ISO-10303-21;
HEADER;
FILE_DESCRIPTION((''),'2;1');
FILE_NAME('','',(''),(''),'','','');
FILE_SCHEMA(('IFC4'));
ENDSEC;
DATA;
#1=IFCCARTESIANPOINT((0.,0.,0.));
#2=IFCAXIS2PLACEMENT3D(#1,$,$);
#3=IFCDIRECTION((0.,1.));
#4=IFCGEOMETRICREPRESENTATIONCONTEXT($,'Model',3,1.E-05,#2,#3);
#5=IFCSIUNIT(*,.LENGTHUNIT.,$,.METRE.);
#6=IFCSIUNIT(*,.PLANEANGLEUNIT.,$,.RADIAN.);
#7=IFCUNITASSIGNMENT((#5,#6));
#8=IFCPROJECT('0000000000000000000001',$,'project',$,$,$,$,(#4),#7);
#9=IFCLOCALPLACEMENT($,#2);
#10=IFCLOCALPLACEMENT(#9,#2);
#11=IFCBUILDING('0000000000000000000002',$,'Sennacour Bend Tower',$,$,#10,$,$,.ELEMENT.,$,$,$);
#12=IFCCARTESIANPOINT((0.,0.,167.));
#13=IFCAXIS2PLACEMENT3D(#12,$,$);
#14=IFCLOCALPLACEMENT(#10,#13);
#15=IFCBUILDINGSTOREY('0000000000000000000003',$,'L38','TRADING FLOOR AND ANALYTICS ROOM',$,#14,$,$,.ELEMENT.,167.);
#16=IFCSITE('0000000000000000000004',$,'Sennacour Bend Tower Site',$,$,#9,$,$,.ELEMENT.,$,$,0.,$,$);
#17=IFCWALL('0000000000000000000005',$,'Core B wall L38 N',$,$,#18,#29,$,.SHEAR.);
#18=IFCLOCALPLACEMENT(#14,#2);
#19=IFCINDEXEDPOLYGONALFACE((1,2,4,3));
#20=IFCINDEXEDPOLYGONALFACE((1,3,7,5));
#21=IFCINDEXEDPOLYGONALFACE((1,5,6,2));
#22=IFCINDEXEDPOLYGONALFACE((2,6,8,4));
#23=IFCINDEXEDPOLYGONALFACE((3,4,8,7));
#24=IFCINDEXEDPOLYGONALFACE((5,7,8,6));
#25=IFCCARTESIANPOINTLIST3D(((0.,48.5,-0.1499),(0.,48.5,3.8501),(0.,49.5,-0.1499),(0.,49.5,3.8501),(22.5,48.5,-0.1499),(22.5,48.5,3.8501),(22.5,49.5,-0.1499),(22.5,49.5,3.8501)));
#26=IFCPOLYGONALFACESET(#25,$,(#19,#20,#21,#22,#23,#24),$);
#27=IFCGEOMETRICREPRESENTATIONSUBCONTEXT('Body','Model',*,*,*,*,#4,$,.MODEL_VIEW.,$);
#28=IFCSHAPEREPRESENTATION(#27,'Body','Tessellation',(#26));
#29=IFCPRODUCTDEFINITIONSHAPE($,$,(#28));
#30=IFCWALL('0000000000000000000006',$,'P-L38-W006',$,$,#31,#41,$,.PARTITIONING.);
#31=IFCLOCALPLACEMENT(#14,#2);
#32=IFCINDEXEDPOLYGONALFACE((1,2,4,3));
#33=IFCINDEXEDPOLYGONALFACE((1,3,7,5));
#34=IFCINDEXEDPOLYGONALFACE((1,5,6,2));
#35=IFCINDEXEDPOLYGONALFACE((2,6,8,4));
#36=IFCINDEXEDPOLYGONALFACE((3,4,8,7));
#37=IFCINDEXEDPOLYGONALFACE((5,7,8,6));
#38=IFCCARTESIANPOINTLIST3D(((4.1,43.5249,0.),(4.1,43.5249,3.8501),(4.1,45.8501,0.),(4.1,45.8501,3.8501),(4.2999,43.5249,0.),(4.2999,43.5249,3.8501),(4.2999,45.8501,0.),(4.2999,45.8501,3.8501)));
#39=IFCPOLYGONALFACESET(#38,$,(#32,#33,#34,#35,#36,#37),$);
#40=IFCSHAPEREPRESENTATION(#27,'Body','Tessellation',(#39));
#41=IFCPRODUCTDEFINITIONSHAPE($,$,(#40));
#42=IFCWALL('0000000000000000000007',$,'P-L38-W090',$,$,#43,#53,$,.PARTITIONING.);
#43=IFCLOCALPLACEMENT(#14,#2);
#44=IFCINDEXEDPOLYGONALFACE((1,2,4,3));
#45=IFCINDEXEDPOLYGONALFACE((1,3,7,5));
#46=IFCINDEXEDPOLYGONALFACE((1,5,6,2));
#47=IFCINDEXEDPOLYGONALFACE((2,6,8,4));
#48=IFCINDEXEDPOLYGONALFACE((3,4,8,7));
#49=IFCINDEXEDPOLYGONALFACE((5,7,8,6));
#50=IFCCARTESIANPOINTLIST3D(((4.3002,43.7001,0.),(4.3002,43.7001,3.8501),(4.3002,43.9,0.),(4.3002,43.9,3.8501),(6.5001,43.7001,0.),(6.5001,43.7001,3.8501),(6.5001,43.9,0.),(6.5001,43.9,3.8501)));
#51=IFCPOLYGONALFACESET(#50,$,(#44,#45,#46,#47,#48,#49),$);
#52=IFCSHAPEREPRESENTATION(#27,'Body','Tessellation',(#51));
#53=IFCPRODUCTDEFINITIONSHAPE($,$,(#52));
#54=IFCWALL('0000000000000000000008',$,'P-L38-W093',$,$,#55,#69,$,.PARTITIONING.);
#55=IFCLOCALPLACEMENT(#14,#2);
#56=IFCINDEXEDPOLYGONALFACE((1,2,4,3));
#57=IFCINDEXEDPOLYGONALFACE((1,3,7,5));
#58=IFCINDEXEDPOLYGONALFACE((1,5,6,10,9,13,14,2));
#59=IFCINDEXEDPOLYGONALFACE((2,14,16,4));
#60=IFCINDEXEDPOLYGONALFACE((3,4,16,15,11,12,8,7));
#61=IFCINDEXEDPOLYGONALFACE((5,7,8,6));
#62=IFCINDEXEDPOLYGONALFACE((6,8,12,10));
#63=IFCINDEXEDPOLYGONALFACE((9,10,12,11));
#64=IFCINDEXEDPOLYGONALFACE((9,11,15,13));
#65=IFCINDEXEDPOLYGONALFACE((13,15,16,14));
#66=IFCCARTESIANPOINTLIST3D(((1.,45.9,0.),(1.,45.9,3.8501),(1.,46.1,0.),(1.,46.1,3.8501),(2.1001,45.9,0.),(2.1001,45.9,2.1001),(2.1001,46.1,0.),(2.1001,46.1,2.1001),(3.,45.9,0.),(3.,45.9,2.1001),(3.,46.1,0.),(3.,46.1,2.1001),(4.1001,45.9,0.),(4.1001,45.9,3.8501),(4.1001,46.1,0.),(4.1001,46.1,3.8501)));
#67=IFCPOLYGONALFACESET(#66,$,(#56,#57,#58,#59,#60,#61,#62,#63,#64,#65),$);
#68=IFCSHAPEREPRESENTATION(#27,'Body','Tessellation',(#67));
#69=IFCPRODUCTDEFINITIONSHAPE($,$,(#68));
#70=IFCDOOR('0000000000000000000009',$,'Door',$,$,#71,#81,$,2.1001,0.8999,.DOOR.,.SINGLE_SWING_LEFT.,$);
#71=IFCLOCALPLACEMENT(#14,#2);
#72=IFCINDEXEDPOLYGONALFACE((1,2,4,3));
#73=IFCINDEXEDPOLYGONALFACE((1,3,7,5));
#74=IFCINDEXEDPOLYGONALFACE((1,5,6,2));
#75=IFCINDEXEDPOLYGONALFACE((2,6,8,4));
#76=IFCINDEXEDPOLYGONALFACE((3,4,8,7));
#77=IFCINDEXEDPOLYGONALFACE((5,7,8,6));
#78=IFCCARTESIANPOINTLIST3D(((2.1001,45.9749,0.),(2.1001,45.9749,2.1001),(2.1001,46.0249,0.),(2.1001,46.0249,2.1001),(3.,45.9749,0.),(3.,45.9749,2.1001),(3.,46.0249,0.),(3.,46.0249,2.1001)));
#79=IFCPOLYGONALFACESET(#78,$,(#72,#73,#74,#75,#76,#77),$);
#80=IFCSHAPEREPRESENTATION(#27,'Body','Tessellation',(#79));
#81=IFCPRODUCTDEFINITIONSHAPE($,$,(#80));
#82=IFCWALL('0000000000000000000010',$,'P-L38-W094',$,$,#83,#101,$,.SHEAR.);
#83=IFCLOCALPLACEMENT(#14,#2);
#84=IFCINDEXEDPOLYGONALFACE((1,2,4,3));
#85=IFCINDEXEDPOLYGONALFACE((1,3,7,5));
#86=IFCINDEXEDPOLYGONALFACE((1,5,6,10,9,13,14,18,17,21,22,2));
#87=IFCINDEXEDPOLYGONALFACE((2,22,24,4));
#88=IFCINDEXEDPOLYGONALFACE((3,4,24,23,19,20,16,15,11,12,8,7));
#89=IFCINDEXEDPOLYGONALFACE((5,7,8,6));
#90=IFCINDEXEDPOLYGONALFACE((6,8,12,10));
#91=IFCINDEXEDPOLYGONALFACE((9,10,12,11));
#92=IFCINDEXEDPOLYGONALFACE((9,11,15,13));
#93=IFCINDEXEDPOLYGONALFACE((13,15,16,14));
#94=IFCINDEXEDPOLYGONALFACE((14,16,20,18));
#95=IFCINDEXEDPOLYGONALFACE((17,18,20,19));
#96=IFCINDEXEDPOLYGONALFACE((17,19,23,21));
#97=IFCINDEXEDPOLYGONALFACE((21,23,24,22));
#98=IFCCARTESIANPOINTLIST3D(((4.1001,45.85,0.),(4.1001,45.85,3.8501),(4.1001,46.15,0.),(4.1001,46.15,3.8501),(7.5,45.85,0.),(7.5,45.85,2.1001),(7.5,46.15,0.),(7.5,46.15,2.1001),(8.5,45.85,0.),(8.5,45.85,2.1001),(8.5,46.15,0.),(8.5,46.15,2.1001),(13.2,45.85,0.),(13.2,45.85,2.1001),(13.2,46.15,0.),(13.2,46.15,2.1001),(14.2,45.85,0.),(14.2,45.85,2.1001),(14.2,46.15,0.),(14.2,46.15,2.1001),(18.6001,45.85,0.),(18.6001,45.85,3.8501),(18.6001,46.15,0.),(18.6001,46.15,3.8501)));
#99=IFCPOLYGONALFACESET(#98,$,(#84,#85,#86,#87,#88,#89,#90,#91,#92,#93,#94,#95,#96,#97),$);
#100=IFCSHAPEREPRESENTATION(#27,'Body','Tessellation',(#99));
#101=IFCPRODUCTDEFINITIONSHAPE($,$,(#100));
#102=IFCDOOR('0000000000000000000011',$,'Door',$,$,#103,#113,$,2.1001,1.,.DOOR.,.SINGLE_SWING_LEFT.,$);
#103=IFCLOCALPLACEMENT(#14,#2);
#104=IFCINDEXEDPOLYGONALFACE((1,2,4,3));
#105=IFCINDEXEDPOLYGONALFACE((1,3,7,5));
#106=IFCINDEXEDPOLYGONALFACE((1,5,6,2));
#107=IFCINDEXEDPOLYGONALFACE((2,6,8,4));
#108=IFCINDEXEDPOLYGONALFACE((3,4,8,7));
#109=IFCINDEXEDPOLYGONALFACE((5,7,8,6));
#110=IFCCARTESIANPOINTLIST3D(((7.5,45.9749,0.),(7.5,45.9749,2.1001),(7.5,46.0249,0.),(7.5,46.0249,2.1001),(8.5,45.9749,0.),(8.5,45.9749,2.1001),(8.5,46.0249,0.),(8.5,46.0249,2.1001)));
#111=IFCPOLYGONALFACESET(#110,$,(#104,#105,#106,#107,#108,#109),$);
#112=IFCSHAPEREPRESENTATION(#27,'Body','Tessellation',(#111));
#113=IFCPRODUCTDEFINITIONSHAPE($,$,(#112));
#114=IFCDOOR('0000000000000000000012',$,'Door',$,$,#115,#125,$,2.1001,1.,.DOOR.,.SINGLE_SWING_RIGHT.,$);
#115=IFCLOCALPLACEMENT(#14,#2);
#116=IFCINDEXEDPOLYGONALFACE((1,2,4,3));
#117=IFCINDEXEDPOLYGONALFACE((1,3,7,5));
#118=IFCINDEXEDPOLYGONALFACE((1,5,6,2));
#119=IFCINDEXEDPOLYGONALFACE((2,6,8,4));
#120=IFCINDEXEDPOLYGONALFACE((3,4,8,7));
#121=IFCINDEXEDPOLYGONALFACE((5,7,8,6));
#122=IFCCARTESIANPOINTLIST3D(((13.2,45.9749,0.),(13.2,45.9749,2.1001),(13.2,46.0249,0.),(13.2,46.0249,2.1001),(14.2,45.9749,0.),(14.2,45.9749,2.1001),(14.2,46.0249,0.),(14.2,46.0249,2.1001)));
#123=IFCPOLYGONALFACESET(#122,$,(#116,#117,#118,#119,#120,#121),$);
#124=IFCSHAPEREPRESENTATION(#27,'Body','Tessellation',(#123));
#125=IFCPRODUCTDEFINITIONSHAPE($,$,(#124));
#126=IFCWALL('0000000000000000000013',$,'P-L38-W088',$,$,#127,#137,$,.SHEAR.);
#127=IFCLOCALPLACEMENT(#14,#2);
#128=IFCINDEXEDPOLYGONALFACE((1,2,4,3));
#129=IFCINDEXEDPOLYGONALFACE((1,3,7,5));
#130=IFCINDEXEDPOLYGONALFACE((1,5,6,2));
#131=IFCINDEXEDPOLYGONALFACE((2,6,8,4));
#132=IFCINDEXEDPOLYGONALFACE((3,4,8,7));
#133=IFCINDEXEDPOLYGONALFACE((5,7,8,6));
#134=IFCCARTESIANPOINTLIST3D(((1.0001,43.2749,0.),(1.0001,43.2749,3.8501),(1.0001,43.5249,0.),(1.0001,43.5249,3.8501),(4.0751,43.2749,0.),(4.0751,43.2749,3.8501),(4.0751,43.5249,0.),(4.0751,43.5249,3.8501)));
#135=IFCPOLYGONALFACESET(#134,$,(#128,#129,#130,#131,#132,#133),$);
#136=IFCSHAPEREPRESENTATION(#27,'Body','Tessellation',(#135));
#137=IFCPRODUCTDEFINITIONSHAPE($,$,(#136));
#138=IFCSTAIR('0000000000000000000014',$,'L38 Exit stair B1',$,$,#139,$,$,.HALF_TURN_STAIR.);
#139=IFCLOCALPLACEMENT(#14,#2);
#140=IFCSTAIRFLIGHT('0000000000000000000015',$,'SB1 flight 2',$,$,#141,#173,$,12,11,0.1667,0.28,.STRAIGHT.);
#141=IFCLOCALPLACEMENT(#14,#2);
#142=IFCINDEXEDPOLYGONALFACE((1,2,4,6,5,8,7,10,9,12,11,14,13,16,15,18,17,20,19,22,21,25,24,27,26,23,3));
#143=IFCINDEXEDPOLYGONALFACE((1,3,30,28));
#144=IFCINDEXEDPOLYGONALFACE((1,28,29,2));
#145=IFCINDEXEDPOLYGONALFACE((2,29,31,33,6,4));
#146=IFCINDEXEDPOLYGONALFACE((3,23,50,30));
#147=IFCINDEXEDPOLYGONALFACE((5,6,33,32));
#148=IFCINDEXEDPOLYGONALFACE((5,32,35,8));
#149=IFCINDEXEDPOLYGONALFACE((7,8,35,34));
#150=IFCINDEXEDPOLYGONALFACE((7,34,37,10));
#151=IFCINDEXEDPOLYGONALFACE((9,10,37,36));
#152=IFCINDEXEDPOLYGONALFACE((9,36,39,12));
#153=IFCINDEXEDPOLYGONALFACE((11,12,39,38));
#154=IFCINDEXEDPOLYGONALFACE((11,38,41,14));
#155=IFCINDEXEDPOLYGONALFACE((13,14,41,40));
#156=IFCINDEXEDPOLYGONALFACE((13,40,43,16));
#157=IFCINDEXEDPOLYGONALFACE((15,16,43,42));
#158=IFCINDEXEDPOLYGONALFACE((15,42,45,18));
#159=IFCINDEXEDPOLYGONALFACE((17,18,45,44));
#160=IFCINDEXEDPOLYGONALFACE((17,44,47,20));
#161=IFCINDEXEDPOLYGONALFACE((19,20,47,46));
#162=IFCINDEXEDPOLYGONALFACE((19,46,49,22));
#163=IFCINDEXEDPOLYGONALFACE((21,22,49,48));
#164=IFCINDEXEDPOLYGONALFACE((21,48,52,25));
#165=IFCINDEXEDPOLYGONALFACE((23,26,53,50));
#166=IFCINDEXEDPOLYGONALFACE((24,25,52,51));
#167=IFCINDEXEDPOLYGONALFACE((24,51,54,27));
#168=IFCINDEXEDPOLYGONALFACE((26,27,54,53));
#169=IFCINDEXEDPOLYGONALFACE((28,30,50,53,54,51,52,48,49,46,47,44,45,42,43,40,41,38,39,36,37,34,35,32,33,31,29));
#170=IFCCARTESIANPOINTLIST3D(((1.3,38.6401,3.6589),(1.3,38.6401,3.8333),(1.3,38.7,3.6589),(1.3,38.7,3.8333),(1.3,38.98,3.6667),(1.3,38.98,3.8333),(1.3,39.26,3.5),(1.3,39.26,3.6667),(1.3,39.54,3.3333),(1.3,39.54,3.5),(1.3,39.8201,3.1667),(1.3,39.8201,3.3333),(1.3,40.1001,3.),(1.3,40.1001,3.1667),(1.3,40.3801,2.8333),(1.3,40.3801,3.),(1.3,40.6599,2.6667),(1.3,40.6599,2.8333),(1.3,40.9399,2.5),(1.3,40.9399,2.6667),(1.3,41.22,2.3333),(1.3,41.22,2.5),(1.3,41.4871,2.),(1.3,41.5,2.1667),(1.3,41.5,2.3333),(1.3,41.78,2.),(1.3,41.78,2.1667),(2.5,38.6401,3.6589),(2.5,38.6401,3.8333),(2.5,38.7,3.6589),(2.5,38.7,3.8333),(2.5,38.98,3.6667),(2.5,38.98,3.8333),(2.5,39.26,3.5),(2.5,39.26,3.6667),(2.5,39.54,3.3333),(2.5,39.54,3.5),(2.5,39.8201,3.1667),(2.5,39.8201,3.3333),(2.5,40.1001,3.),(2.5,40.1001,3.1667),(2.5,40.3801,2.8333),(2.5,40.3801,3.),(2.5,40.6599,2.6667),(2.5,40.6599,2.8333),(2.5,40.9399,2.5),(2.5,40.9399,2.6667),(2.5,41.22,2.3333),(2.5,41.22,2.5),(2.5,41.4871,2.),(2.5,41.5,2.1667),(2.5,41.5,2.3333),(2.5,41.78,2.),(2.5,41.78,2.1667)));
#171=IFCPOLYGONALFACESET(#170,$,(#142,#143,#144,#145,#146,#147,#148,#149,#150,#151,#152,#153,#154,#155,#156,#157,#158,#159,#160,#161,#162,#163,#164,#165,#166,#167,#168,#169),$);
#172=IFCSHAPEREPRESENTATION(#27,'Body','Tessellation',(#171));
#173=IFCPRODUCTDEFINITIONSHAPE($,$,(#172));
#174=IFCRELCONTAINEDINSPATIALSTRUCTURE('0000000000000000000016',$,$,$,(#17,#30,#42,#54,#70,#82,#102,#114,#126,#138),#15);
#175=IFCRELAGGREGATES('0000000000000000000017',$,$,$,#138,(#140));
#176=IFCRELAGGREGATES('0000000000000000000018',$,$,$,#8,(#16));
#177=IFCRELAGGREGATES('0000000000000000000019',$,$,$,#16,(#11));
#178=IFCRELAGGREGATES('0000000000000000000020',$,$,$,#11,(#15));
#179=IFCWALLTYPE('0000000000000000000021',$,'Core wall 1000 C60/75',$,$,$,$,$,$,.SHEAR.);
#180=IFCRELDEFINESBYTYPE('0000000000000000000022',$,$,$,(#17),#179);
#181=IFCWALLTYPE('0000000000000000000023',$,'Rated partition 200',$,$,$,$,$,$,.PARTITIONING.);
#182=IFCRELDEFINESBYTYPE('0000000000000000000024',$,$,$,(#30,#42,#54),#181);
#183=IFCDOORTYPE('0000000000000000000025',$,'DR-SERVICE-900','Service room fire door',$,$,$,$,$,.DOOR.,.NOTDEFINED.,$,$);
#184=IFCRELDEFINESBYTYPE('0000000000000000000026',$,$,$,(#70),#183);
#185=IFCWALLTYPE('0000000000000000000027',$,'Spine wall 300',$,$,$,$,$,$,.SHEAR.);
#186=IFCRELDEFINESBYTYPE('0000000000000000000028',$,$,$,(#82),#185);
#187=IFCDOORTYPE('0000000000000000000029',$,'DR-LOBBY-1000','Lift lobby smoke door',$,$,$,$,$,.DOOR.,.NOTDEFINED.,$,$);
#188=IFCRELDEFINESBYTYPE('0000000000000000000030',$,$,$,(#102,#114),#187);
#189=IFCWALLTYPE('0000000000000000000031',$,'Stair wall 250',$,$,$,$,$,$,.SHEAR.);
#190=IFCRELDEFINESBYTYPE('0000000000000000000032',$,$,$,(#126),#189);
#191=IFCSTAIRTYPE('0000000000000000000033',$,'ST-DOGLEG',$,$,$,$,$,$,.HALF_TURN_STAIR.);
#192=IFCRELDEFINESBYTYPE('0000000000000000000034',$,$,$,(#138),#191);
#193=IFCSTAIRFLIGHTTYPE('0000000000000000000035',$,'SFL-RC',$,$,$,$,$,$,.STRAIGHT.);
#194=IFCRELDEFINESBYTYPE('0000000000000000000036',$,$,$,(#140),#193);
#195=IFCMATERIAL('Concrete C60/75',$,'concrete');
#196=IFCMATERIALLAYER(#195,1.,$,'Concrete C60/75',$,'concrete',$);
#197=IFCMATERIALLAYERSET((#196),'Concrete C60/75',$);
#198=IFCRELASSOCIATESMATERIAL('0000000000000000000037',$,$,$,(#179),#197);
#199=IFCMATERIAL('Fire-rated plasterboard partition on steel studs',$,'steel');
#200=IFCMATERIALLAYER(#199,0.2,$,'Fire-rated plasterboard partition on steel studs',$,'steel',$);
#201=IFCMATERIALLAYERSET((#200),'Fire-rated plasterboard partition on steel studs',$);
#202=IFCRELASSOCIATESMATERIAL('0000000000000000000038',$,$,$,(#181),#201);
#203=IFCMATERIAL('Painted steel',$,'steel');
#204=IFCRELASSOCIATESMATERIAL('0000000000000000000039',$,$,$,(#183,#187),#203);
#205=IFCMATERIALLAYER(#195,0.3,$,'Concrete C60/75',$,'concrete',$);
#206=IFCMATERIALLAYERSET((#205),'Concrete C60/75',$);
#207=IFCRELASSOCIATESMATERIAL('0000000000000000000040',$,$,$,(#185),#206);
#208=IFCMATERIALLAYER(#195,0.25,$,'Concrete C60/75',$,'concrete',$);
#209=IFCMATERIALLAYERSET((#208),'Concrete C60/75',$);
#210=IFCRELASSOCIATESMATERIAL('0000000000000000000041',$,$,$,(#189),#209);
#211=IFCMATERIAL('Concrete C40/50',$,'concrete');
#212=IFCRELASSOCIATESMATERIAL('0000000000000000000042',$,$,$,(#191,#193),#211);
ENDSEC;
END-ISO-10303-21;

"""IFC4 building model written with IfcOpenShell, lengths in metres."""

from ifc_helpers import new_model, si_unit, direction, frame, frame_2d, origin, place, context, subcontext, project, spatial, polyline, rectangle, outline, extrude, material, layer, layer_set, type_object, element, fill, aggregate, save


model = new_model("IFC4")

# Units and contexts
model_context = context("Model", 3, precision=1e-05, world=origin(), true_north=direction((0.0, 1.0)))
body_context = subcontext(model_context, "Body", "Model", "MODEL_VIEW")
ifc_project = project(units=[si_unit("LENGTHUNIT", "METRE"), si_unit("PLANEANGLEUNIT", "RADIAN")], contexts=[model_context])

# Site, building, storey
site_placement = place(None, origin())
site = spatial("IfcSite", under=ifc_project, at=site_placement, Name="Sennacour Bend Tower Site", CompositionType="ELEMENT", RefElevation=0.0)
building_placement = place(site_placement, origin())
building = spatial("IfcBuilding", under=site, at=building_placement, Name="Sennacour Bend Tower", CompositionType="ELEMENT")
storey_placement = place(building_placement, frame((0.0, 0.0, 167.0)))
storey = spatial("IfcBuildingStorey", under=building, at=storey_placement, Name="L38", Description="TRADING FLOOR AND ANALYTICS ROOM", CompositionType="ELEMENT", Elevation=167.0)

# Walls
ifc_material_1 = material(Name="Concrete C60/75", Category="concrete")
ifc_layer_1 = layer(ifc_material_1, 1.0, Name="Concrete C60/75", Category="concrete")
ifc_layer_set_1 = layer_set([ifc_layer_1], Name="Concrete C60/75")
wall_type_1 = type_object("IfcWallType", Name="Core wall 1000 C60/75", PredefinedType="SHEAR", material=ifc_layer_set_1)
wall_1_placement = place(storey_placement, frame((0.0, 49.0, -0.1499), z_axis=(0.0, 0.0, 1.0), x_axis=(1.0, 0.0, 0.0)))
element("IfcWall", 1, at=wall_1_placement, inside=storey, type_object=wall_type_1, Name="Core B wall L38 N", PredefinedType="SHEAR", context=body_context, shape_type="SweptSolid", body=[
    extrude(rectangle(XDim=22.5, YDim=1.0, at=frame_2d((11.25, 0.0))), origin(), (0.0, 0.0, 1.0), 4.0),
])
ifc_material_2 = material(Name="Fire-rated plasterboard partition on steel studs", Category="steel")
ifc_layer_2 = layer(ifc_material_2, 0.2, Name="Fire-rated plasterboard partition on steel studs", Category="steel")
ifc_layer_set_2 = layer_set([ifc_layer_2], Name="Fire-rated plasterboard partition on steel studs")
wall_type_2 = type_object("IfcWallType", Name="Rated partition 200", PredefinedType="PARTITIONING", material=ifc_layer_set_2)
wall_2_placement = place(storey_placement, frame((4.2, 43.5249, 0.0), z_axis=(0.0, 0.0, 1.0), x_axis=(0.0, 1.0, 0.0)))
element("IfcWall", 2, at=wall_2_placement, inside=storey, type_object=wall_type_2, Name="P-L38-W006", PredefinedType="PARTITIONING", context=body_context, shape_type="SweptSolid", body=[
    extrude(rectangle(XDim=2.3252, YDim=0.2, at=frame_2d((1.1626, 0.0))), origin(), (0.0, 0.0, 1.0), 3.8501),
])
wall_3_placement = place(storey_placement, frame((4.3, 43.8, 0.0), z_axis=(0.0, 0.0, 1.0), x_axis=(1.0, 0.0, 0.0)))
element("IfcWall", 3, at=wall_3_placement, inside=storey, type_object=wall_type_2, Name="P-L38-W090", PredefinedType="PARTITIONING", context=body_context, shape_type="SweptSolid", body=[
    extrude(rectangle(XDim=2.2, YDim=0.2, at=frame_2d((1.1001, 0.0))), origin(), (0.0, 0.0, 1.0), 3.8501),
])

# Wall, opening, door
wall_4_placement = place(storey_placement, frame((1.0, 46.0, 0.0), z_axis=(0.0, 0.0, 1.0), x_axis=(1.0, 0.0, 0.0)))
wall_4 = element("IfcWall", 4, at=wall_4_placement, inside=storey, type_object=wall_type_2, Name="P-L38-W093", PredefinedType="PARTITIONING", context=body_context, shape_type="SweptSolid", body=[
    extrude(rectangle(XDim=3.1001, YDim=0.2, at=frame_2d((1.55, 0.0))), origin(), (0.0, 0.0, 1.0), 3.8501),
])
opening_1_placement = place(wall_4_placement, frame((1.1001, 0.0, 0.0)))
opening_1 = element("IfcOpeningElement", 5, at=opening_1_placement, cuts=wall_4, PredefinedType="OPENING", context=body_context, shape_type="SweptSolid", body=[
    extrude(rectangle(XDim=0.8999, YDim=2.1001, at=frame_2d((0.45, 1.05))), frame((0.0, 0.1099, 0.0), z_axis=(0.0, -1.0, 0.0), x_axis=(1.0, 0.0, 0.0)), (0.0, 0.0, 1.0), 0.22),
])
ifc_material_3 = material(Name="Painted steel", Category="steel")
door_type_1 = type_object("IfcDoorType", Name="DR-SERVICE-900", Description="Service room fire door", OperationType="NOTDEFINED", PredefinedType="DOOR", material=ifc_material_3)
door_1_placement = place(opening_1_placement, origin())
door_1 = element("IfcDoor", 6, at=door_1_placement, inside=storey, type_object=door_type_1, Name="Door", OperationType="SINGLE_SWING_LEFT", OverallHeight=2.1001, OverallWidth=0.8999, PredefinedType="DOOR", context=body_context, shape_type="SweptSolid", body=[
    extrude(rectangle(XDim=0.8999, YDim=2.1001, at=frame_2d((0.45, 1.05))), frame((0.0, 0.0249, 0.0), z_axis=(0.0, -1.0, 0.0), x_axis=(1.0, 0.0, 0.0)), (0.0, 0.0, 1.0), 0.05),
])
fill(opening_1, door_1)

# Wall, openings, doors
ifc_layer_3 = layer(ifc_material_1, 0.3, Name="Concrete C60/75", Category="concrete")
ifc_layer_set_3 = layer_set([ifc_layer_3], Name="Concrete C60/75")
wall_type_3 = type_object("IfcWallType", Name="Spine wall 300", PredefinedType="SHEAR", material=ifc_layer_set_3)
wall_5_placement = place(storey_placement, frame((4.1001, 46.0, 0.0), z_axis=(0.0, 0.0, 1.0), x_axis=(1.0, 0.0, 0.0)))
wall_5 = element("IfcWall", 7, at=wall_5_placement, inside=storey, type_object=wall_type_3, Name="P-L38-W094", PredefinedType="SHEAR", context=body_context, shape_type="SweptSolid", body=[
    extrude(rectangle(XDim=14.5, YDim=0.3, at=frame_2d((7.25, 0.0))), origin(), (0.0, 0.0, 1.0), 3.8501),
])
opening_2_placement = place(wall_5_placement, frame((3.3999, 0.0, 0.0)))
opening_2 = element("IfcOpeningElement", 8, at=opening_2_placement, cuts=wall_5, PredefinedType="OPENING", context=body_context, shape_type="SweptSolid", body=[
    extrude(rectangle(XDim=1.0, YDim=2.1001, at=frame_2d((0.5, 1.05))), frame((0.0, 0.1602, 0.0), z_axis=(0.0, -1.0, 0.0), x_axis=(1.0, 0.0, 0.0)), (0.0, 0.0, 1.0), 0.3201),
])
opening_3_placement = place(wall_5_placement, frame((9.0999, 0.0, 0.0)))
opening_3 = element("IfcOpeningElement", 9, at=opening_3_placement, cuts=wall_5, PredefinedType="OPENING", context=body_context, shape_type="SweptSolid", body=[
    extrude(rectangle(XDim=1.0, YDim=2.1001, at=frame_2d((0.5, 1.05))), frame((0.0, 0.1602, 0.0), z_axis=(0.0, -1.0, 0.0), x_axis=(1.0, 0.0, 0.0)), (0.0, 0.0, 1.0), 0.3201),
])
door_type_2 = type_object("IfcDoorType", Name="DR-LOBBY-1000", Description="Lift lobby smoke door", OperationType="NOTDEFINED", PredefinedType="DOOR", material=ifc_material_3)
door_2_placement = place(opening_2_placement, origin())
door_2 = element("IfcDoor", 10, at=door_2_placement, inside=storey, type_object=door_type_2, Name="Door", OperationType="SINGLE_SWING_LEFT", OverallHeight=2.1001, OverallWidth=1.0, PredefinedType="DOOR", context=body_context, shape_type="SweptSolid", body=[
    extrude(rectangle(XDim=1.0, YDim=2.1001, at=frame_2d((0.5, 1.05))), frame((0.0, 0.0249, 0.0), z_axis=(0.0, -1.0, 0.0), x_axis=(1.0, 0.0, 0.0)), (0.0, 0.0, 1.0), 0.05),
])
fill(opening_2, door_2)
door_3_placement = place(opening_3_placement, origin())
door_3 = element("IfcDoor", 11, at=door_3_placement, inside=storey, type_object=door_type_2, Name="Door", OperationType="SINGLE_SWING_RIGHT", OverallHeight=2.1001, OverallWidth=1.0, PredefinedType="DOOR", context=body_context, shape_type="SweptSolid", body=[
    extrude(rectangle(XDim=1.0, YDim=2.1001, at=frame_2d((0.5, 1.05))), frame((0.0, 0.0249, 0.0), z_axis=(0.0, -1.0, 0.0), x_axis=(1.0, 0.0, 0.0)), (0.0, 0.0, 1.0), 0.05),
])
fill(opening_3, door_3)

# Wall
ifc_layer_4 = layer(ifc_material_1, 0.25, Name="Concrete C60/75", Category="concrete")
ifc_layer_set_4 = layer_set([ifc_layer_4], Name="Concrete C60/75")
wall_type_4 = type_object("IfcWallType", Name="Stair wall 250", PredefinedType="SHEAR", material=ifc_layer_set_4)
wall_6_placement = place(storey_placement, frame((1.0, 43.3999, 0.0), z_axis=(0.0, 0.0, 1.0), x_axis=(1.0, 0.0, 0.0)))
element("IfcWall", 12, at=wall_6_placement, inside=storey, type_object=wall_type_4, Name="P-L38-W088", PredefinedType="SHEAR", context=body_context, shape_type="SweptSolid", body=[
    extrude(rectangle(XDim=3.075, YDim=0.25, at=frame_2d((1.5376, 0.0))), origin(), (0.0, 0.0, 1.0), 3.8501),
])

# Stair, stair flight
ifc_material_4 = material(Name="Concrete C40/50", Category="concrete")
stair_type = type_object("IfcStairType", Name="ST-DOGLEG", PredefinedType="HALF_TURN_STAIR", material=ifc_material_4)
stair_placement = place(storey_placement, origin())
stair = element("IfcStair", 13, at=stair_placement, inside=storey, type_object=stair_type, Name="L38 Exit stair B1", PredefinedType="HALF_TURN_STAIR")
stair_flight_type = type_object("IfcStairFlightType", Name="SFL-RC", PredefinedType="STRAIGHT", material=ifc_material_4)
stair_flight_placement = place(storey_placement, frame((1.8999, 41.78, 2.0), z_axis=(0.0, 0.0, 1.0), x_axis=(0.0, -1.0, 0.0)))
stair_flight = element("IfcStairFlight", 14, at=stair_flight_placement, type_object=stair_flight_type, Name="SB1 flight 2", NumberOfRisers=12, NumberOfTreads=11, PredefinedType="STRAIGHT", RiserHeight=0.1667, TreadLength=0.28, context=body_context, shape_type="SweptSolid", body=[
    extrude(outline(polyline([(0.0, 0.0), (0.0, 0.1667), (0.28, 0.1667), (0.28, 0.3333), (0.5601, 0.3333), (0.5601, 0.5), (0.8401, 0.5), (0.8401, 0.6667), (1.1201, 0.6667), (1.1201, 0.8333), (1.3999, 0.8333), (1.3999, 1.0), (1.6799, 1.0), (1.6799, 1.1667), (1.96, 1.1667), (1.96, 1.3333), (2.24, 1.3333), (2.24, 1.5), (2.52, 1.5), (2.52, 1.6667), (2.8, 1.6667), (2.8, 1.8333), (3.0801, 1.8333), (3.1399, 1.8333), (3.1399, 1.6589), (3.0801, 1.6589), (0.293, 0.0), (0.0, 0.0)])), frame((0.0, 0.6001, 0.0), z_axis=(0.0, -1.0, 0.0), x_axis=(1.0, 0.0, 0.0)), (0.0, 0.0, 1.0), 1.2),
])
aggregate(stair, [stair_flight])

save(model, "model.ifc")
